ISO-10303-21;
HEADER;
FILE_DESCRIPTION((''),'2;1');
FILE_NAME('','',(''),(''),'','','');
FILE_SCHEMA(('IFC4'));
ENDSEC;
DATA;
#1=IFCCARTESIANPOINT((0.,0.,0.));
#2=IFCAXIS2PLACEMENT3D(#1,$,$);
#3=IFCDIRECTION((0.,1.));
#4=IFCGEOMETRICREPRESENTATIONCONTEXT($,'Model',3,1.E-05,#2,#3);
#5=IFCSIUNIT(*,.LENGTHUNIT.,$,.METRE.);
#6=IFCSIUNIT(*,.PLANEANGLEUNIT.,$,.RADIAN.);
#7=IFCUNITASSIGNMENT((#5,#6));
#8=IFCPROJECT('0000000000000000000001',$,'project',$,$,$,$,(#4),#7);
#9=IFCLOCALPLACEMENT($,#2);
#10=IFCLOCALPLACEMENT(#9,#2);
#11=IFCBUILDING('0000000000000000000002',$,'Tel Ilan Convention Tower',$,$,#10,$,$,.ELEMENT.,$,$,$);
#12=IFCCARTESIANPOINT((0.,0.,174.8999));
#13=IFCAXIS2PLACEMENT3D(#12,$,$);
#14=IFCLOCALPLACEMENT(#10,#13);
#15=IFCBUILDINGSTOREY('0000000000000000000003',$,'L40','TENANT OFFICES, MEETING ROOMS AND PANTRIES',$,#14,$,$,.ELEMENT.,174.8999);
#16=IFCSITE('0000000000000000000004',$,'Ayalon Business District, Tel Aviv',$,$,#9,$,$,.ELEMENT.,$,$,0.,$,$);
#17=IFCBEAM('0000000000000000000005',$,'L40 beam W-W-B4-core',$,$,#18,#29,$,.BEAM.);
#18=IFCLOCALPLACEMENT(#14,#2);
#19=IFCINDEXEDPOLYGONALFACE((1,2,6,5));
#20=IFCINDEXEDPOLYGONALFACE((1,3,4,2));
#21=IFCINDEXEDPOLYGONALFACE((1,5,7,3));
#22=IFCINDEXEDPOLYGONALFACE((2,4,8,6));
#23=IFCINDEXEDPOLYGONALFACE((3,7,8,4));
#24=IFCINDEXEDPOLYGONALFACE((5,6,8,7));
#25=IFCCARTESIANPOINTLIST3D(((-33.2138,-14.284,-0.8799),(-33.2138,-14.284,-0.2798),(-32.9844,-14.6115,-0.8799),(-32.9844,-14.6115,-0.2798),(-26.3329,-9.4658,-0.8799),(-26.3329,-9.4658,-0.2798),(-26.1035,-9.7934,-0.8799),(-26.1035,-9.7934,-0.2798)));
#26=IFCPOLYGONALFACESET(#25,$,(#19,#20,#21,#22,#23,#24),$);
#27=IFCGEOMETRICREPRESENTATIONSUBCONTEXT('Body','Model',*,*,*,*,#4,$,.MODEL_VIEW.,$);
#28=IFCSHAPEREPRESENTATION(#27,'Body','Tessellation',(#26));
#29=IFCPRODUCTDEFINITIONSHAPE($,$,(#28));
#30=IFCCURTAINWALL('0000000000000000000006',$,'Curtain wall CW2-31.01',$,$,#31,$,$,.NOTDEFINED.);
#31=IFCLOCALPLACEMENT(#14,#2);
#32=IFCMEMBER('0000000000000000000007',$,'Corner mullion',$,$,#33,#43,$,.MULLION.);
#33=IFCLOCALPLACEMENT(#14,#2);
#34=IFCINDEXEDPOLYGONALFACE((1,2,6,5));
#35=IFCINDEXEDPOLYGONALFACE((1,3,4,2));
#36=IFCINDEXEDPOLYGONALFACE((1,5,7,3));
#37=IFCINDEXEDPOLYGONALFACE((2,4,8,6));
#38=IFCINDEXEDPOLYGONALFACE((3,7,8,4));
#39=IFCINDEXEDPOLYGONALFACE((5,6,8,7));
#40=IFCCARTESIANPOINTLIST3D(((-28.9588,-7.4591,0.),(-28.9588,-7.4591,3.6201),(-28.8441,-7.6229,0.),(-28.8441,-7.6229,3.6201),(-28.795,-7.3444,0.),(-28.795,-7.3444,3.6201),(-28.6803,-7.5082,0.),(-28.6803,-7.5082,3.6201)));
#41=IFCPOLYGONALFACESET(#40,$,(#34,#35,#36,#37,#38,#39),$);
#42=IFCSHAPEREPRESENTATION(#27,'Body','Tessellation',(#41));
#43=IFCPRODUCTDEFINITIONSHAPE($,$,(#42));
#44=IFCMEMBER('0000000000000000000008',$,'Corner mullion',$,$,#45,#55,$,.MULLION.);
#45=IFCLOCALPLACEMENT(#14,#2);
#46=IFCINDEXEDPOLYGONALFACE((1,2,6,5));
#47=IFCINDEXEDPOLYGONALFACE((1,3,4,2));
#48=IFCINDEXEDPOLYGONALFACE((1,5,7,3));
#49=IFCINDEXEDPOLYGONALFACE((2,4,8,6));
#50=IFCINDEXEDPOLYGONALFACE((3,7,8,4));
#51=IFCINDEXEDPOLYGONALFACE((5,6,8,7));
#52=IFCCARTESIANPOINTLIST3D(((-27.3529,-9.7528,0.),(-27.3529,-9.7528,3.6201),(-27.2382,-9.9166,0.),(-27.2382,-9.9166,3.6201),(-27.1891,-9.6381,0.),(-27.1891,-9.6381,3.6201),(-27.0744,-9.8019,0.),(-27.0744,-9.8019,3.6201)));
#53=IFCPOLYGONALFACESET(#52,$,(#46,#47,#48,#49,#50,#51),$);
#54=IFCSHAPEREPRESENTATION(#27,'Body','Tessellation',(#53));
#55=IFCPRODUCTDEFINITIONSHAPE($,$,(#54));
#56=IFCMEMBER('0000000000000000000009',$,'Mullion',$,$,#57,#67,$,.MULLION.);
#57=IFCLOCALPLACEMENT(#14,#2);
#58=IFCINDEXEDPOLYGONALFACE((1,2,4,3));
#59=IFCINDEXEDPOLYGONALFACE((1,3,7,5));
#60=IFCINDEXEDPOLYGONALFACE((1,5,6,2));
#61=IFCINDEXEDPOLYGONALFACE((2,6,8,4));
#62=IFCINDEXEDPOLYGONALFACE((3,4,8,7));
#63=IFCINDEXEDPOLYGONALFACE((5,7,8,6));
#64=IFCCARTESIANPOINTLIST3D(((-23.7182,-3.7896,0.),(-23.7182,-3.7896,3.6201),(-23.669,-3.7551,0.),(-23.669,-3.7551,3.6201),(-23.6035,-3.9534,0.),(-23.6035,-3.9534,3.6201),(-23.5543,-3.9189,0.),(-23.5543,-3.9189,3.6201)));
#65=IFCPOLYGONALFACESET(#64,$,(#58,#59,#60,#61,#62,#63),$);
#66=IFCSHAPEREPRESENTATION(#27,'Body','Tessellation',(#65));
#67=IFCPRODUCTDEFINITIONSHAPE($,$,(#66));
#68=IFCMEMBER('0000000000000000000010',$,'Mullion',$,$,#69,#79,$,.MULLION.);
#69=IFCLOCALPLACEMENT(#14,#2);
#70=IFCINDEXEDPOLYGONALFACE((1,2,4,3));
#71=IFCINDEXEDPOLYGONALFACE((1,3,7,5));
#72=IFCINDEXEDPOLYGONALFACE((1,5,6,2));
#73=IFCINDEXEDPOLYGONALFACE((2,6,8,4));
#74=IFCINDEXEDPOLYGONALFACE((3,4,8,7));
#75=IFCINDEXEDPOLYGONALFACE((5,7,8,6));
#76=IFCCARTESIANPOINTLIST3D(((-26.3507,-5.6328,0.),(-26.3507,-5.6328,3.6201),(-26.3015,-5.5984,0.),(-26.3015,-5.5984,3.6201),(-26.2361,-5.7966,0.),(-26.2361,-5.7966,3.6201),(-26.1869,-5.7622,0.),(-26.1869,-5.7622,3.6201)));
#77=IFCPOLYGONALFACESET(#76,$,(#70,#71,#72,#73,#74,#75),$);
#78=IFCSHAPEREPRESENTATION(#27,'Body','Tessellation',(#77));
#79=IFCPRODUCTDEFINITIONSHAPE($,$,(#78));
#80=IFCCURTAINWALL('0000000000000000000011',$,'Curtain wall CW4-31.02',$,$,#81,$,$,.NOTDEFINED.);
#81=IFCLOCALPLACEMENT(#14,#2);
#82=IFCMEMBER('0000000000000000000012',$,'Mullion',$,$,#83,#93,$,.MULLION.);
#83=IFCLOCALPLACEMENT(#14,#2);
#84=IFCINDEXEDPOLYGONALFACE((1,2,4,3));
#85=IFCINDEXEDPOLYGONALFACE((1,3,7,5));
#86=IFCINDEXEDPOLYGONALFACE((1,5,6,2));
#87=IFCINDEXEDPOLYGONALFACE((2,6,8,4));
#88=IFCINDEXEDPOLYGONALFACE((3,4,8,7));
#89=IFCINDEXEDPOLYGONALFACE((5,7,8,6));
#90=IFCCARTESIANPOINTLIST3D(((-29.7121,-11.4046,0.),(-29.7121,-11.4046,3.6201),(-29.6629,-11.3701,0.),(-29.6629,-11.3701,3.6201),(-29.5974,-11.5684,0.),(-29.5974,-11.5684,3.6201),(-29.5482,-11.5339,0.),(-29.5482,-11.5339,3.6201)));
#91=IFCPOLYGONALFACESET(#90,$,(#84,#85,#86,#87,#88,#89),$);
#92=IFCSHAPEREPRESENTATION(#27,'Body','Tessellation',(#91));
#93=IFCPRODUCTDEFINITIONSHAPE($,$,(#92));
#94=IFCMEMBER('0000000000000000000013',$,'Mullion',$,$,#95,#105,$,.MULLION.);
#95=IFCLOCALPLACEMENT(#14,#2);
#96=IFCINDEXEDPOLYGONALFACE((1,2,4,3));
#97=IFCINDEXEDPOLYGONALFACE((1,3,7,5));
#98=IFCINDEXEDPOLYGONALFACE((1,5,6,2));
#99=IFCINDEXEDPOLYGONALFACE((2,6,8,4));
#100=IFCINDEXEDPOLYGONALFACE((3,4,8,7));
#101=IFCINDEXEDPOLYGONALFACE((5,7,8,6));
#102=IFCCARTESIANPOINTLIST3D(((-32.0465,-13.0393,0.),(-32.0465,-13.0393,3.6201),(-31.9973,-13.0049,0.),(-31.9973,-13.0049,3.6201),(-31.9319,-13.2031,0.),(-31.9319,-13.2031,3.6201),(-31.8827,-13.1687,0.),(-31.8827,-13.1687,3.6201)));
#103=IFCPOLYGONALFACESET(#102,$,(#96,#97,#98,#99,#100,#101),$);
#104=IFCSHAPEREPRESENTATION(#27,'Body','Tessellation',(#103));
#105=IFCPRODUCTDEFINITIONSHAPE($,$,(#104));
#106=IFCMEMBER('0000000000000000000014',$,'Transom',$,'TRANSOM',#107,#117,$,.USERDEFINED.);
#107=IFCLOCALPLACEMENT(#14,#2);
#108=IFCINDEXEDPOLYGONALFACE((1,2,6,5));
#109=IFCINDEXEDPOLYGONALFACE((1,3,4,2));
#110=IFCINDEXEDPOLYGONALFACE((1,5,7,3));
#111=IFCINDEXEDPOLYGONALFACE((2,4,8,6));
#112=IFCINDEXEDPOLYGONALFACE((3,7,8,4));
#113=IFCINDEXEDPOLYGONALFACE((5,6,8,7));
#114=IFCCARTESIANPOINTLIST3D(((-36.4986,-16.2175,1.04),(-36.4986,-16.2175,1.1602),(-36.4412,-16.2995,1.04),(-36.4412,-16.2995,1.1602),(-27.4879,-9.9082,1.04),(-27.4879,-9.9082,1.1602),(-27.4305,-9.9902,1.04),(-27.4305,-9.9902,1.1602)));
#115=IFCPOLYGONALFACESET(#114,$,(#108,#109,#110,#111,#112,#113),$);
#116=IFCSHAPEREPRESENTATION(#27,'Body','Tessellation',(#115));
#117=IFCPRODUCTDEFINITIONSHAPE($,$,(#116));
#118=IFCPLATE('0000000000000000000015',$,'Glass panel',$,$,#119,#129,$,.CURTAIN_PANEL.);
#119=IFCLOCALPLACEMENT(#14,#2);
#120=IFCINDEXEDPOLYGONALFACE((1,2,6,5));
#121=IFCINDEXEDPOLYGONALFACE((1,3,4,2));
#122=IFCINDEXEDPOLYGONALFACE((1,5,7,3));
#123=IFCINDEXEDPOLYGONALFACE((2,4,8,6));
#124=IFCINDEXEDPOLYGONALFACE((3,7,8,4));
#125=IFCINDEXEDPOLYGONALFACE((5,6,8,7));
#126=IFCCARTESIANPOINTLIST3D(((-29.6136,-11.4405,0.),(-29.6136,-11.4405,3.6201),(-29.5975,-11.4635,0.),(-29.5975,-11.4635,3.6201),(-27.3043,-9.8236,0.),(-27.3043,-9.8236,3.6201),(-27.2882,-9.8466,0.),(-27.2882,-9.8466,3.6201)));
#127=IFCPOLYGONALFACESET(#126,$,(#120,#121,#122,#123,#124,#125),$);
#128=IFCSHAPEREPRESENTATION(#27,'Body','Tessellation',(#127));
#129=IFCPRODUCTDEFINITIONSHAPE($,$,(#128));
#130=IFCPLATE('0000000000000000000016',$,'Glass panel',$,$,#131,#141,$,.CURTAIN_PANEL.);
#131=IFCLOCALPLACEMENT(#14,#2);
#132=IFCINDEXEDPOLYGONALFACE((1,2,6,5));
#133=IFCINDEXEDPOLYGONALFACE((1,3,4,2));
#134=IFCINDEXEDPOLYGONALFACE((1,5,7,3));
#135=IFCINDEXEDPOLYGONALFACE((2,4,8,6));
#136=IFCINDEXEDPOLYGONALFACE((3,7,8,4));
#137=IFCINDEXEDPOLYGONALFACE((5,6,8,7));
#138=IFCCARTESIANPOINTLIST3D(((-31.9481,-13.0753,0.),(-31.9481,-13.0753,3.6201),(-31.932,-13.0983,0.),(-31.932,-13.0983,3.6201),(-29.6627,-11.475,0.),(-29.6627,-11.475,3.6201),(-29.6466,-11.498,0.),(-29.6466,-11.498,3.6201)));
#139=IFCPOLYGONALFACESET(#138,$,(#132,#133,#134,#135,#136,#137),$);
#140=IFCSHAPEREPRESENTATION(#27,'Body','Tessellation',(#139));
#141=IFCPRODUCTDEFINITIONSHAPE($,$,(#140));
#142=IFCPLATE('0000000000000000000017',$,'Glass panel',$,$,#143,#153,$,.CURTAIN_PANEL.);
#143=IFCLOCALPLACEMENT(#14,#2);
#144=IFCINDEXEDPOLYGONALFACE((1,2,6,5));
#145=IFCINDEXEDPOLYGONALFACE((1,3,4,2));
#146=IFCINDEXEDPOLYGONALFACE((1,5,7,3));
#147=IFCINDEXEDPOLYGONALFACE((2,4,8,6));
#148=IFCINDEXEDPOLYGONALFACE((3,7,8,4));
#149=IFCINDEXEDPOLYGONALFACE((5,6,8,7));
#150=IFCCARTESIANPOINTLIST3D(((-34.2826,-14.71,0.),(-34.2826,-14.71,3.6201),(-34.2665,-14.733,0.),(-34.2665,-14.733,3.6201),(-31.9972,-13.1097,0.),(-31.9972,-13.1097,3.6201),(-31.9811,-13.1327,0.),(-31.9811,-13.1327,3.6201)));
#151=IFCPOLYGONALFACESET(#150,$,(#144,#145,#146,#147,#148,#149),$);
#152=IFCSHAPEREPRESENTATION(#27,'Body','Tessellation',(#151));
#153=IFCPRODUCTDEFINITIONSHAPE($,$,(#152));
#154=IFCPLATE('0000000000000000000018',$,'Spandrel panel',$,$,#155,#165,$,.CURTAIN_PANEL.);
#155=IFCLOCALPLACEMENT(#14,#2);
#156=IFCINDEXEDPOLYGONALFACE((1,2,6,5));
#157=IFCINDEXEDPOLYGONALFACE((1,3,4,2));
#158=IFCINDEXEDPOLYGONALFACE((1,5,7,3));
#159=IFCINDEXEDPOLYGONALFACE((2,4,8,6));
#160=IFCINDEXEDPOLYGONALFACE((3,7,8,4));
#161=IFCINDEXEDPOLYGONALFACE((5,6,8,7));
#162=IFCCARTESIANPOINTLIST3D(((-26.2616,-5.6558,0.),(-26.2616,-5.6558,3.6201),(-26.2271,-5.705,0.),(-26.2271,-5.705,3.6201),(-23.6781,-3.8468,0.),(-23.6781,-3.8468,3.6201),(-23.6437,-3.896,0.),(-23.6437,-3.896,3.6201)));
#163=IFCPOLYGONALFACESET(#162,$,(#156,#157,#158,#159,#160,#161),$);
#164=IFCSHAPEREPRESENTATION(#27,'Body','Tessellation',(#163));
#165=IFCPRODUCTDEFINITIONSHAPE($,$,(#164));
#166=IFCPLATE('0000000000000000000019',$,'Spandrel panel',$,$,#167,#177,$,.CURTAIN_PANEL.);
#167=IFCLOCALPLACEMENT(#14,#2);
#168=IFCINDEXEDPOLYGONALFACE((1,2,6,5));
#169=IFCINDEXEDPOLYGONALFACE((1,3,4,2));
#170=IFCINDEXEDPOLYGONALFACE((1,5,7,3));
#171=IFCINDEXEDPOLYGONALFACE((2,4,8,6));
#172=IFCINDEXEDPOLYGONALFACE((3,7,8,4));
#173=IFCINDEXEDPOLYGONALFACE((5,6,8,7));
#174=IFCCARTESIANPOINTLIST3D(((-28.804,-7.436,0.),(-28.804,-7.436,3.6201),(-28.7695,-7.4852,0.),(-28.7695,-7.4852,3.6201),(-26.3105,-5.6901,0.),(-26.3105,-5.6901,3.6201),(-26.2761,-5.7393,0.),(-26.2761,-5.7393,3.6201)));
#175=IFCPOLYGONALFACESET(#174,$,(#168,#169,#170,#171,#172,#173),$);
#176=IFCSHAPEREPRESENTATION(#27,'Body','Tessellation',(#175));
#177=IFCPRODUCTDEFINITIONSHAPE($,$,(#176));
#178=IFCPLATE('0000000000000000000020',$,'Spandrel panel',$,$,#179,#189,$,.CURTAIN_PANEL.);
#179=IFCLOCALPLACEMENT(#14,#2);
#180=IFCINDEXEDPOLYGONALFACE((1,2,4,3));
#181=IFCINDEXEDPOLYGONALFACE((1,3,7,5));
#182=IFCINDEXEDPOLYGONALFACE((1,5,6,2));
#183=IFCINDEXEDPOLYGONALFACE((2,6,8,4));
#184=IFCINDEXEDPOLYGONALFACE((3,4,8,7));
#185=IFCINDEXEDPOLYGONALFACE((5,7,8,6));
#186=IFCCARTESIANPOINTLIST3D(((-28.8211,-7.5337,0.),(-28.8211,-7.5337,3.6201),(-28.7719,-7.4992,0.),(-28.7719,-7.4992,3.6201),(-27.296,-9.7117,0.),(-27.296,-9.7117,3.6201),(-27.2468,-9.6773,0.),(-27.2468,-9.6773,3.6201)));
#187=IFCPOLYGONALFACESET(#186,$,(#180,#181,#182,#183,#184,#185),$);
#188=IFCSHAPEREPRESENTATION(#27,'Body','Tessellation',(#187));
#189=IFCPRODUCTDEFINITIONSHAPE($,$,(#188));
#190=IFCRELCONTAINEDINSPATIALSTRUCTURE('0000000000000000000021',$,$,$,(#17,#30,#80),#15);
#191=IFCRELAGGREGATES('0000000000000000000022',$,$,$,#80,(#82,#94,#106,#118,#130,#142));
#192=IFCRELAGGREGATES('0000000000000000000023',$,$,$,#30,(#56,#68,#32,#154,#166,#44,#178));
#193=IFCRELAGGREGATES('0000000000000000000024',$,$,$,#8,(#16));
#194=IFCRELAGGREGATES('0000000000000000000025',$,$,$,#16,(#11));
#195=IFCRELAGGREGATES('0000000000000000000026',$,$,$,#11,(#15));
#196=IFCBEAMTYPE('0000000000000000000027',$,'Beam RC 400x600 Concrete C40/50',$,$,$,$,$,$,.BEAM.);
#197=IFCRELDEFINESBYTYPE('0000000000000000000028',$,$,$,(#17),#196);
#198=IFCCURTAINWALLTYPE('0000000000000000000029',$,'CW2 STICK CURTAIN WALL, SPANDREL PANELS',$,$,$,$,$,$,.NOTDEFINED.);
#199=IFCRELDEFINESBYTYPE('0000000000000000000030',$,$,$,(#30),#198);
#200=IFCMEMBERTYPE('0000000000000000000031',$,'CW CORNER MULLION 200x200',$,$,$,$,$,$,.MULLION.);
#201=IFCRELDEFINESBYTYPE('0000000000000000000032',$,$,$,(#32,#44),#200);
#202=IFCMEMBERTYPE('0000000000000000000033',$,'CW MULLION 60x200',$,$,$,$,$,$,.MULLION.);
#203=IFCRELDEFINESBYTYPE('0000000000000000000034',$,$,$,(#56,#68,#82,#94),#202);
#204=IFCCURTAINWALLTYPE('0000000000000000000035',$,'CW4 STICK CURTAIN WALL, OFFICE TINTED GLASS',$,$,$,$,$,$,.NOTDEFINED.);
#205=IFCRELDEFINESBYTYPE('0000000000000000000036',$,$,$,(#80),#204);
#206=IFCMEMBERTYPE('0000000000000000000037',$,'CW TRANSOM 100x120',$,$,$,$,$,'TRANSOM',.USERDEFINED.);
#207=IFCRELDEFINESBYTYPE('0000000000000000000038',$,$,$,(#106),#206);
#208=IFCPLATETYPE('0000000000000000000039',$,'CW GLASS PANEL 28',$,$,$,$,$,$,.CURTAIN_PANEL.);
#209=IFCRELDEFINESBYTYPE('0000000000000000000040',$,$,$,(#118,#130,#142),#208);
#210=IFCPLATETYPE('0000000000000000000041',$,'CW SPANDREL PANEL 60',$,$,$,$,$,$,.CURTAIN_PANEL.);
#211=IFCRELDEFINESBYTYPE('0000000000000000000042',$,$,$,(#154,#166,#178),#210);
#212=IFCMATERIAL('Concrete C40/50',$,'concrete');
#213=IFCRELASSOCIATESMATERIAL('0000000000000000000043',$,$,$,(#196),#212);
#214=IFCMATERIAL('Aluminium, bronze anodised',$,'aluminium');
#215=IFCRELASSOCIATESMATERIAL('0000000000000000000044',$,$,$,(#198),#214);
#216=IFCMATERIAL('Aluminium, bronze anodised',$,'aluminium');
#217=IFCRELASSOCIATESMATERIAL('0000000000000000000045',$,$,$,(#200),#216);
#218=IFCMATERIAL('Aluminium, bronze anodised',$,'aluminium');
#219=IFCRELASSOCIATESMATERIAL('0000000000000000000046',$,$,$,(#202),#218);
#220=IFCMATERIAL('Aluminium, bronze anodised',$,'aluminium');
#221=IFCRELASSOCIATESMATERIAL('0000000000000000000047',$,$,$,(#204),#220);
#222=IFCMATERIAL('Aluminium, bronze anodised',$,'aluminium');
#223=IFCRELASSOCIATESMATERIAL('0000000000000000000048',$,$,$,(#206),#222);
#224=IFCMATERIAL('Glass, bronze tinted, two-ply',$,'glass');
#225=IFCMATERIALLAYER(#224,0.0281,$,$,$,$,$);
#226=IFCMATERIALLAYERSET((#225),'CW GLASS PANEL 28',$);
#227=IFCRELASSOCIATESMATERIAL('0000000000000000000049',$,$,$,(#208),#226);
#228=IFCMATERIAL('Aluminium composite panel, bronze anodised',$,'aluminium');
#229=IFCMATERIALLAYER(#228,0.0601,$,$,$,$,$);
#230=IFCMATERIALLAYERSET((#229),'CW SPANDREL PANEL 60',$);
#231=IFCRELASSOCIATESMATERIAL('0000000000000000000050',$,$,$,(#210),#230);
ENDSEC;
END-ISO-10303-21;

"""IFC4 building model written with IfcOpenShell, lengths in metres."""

from ifc_helpers import new_model, si_unit, direction, frame, origin, origin_2d, place, context, subcontext, project, spatial, rectangle, extrude, material, layer, layer_set, material_profile, profile_set, type_object, element, aggregate, save


model = new_model("IFC4")

# Units and contexts
model_context = context("Model", 3, precision=1e-05, world=origin(), true_north=direction((0.0, 1.0)))
body_context = subcontext(model_context, "Body", "Model", "MODEL_VIEW")
ifc_project = project(units=[si_unit("LENGTHUNIT", "METRE"), si_unit("PLANEANGLEUNIT", "RADIAN")], contexts=[model_context])

# Site, building, storey
site_placement = place(None, origin())
site = spatial("IfcSite", under=ifc_project, at=site_placement, Name="Ayalon Business District, Tel Aviv", CompositionType="ELEMENT", RefElevation=0.0)
building_placement = place(site_placement, origin())
building = spatial("IfcBuilding", under=site, at=building_placement, Name="Tel Ilan Convention Tower", CompositionType="ELEMENT")
storey_placement = place(building_placement, frame((0.0, 0.0, 174.8999)))
storey = spatial("IfcBuildingStorey", under=building, at=storey_placement, Name="L40", Description="TENANT OFFICES, MEETING ROOMS AND PANTRIES", CompositionType="ELEMENT", Elevation=174.8999)

# Beam
ifc_material_1 = material(Name="Concrete C40/50", Category="concrete")
ifc_material_profile_1 = material_profile(ifc_material_1, rectangle(XDim=0.3999, YDim=0.6001, at=origin_2d()), Name="RC 400x600")
ifc_profile_set_1 = profile_set([ifc_material_profile_1], Name="Concrete C40/50")
beam_type = type_object("IfcBeamType", Name="Beam RC 400x600 Concrete C40/50", PredefinedType="BEAM", material=ifc_profile_set_1)
beam_placement = place(storey_placement, frame((-33.0991, -14.4478, -0.5798), z_axis=(0.819147, 0.573583, 0.0), x_axis=(-0.573583, 0.819147, 0.0)))
element("IfcBeam", 1, at=beam_placement, inside=storey, type_object=beam_type, Name="L40 beam W-W-B4-core", PredefinedType="BEAM", context=body_context, shape_type="SweptSolid", body=[
    extrude(rectangle(XDim=0.3999, YDim=0.6001, at=origin_2d()), origin(), (0.0, 0.0, 1.0), 8.4001),
])

# Curtain wall, members
ifc_material_2 = material(Name="Aluminium, bronze anodised", Category="aluminium")
curtain_wall_type_1 = type_object("IfcCurtainWallType", Name="CW2 STICK CURTAIN WALL, SPANDREL PANELS", PredefinedType="NOTDEFINED", material=ifc_material_2)
curtain_wall_1_placement = place(storey_placement, origin())
curtain_wall_1 = element("IfcCurtainWall", 2, at=curtain_wall_1_placement, inside=storey, type_object=curtain_wall_type_1, Name="Curtain wall CW2-31.01", PredefinedType="NOTDEFINED")
ifc_material_3 = material(Name="Aluminium, bronze anodised", Category="aluminium")
ifc_material_profile_2 = material_profile(ifc_material_3, rectangle(XDim=0.2, YDim=0.2, at=origin_2d()), Name="CW CORNER MULLION 200x200")
ifc_profile_set_2 = profile_set([ifc_material_profile_2], Name="Aluminium, bronze anodised")
member_type_1 = type_object("IfcMemberType", Name="CW CORNER MULLION 200x200", PredefinedType="MULLION", material=ifc_profile_set_2)
member_1_placement = place(storey_placement, frame((-28.8196, -7.4836, 0.0), z_axis=(0.0, 0.0, 1.0), x_axis=(-0.819152, -0.573576, 0.0)))
member_1 = element("IfcMember", 3, at=member_1_placement, type_object=member_type_1, Name="Corner mullion", PredefinedType="MULLION", context=body_context, shape_type="SweptSolid", body=[
    extrude(rectangle(XDim=0.2, YDim=0.2, at=origin_2d()), origin(), (0.0, 0.0, 1.0), 3.6201),
])
member_2_placement = place(storey_placement, frame((-27.2136, -9.7773, 0.0), z_axis=(0.0, 0.0, 1.0), x_axis=(0.573576, -0.819152, 0.0)))
member_2 = element("IfcMember", 4, at=member_2_placement, type_object=member_type_1, Name="Corner mullion", PredefinedType="MULLION", context=body_context, shape_type="SweptSolid", body=[
    extrude(rectangle(XDim=0.2, YDim=0.2, at=origin_2d()), origin(), (0.0, 0.0, 1.0), 3.6201),
])
ifc_material_4 = material(Name="Aluminium, bronze anodised", Category="aluminium")
ifc_material_profile_3 = material_profile(ifc_material_4, rectangle(XDim=0.0601, YDim=0.2, at=origin_2d()), Name="CW MULLION 60x200")
ifc_profile_set_3 = profile_set([ifc_material_profile_3], Name="Aluminium, bronze anodised")
member_type_2 = type_object("IfcMemberType", Name="CW MULLION 60x200", PredefinedType="MULLION", material=ifc_profile_set_3)
member_3_placement = place(storey_placement, frame((-23.6362, -3.8542, 0.0), z_axis=(0.0, 0.0, 1.0), x_axis=(-0.819152, -0.573576, 0.0)))
member_3 = element("IfcMember", 5, at=member_3_placement, type_object=member_type_2, Name="Mullion", PredefinedType="MULLION", context=body_context, shape_type="SweptSolid", body=[
    extrude(rectangle(XDim=0.0601, YDim=0.2, at=origin_2d()), origin(), (0.0, 0.0, 1.0), 3.6201),
])
member_4_placement = place(storey_placement, frame((-26.2688, -5.6975, 0.0), z_axis=(0.0, 0.0, 1.0), x_axis=(-0.819152, -0.573576, 0.0)))
member_4 = element("IfcMember", 6, at=member_4_placement, type_object=member_type_2, Name="Mullion", PredefinedType="MULLION", context=body_context, shape_type="SweptSolid", body=[
    extrude(rectangle(XDim=0.0601, YDim=0.2, at=origin_2d()), origin(), (0.0, 0.0, 1.0), 3.6201),
])

# Curtain wall, members, plates
ifc_material_5 = material(Name="Aluminium, bronze anodised", Category="aluminium")
curtain_wall_type_2 = type_object("IfcCurtainWallType", Name="CW4 STICK CURTAIN WALL, OFFICE TINTED GLASS", PredefinedType="NOTDEFINED", material=ifc_material_5)
curtain_wall_2_placement = place(storey_placement, origin())
curtain_wall_2 = element("IfcCurtainWall", 7, at=curtain_wall_2_placement, inside=storey, type_object=curtain_wall_type_2, Name="Curtain wall CW4-31.02", PredefinedType="NOTDEFINED")
member_5_placement = place(storey_placement, frame((-29.6301, -11.4692, 0.0), z_axis=(0.0, 0.0, 1.0), x_axis=(-0.819152, -0.573576, 0.0)))
member_5 = element("IfcMember", 8, at=member_5_placement, type_object=member_type_2, Name="Mullion", PredefinedType="MULLION", context=body_context, shape_type="SweptSolid", body=[
    extrude(rectangle(XDim=0.0601, YDim=0.2, at=origin_2d()), origin(), (0.0, 0.0, 1.0), 3.6201),
])
member_6_placement = place(storey_placement, frame((-31.9646, -13.104, 0.0), z_axis=(0.0, 0.0, 1.0), x_axis=(-0.819152, -0.573576, 0.0)))
member_6 = element("IfcMember", 9, at=member_6_placement, type_object=member_type_2, Name="Mullion", PredefinedType="MULLION", context=body_context, shape_type="SweptSolid", body=[
    extrude(rectangle(XDim=0.0601, YDim=0.2, at=origin_2d()), origin(), (0.0, 0.0, 1.0), 3.6201),
])
ifc_material_6 = material(Name="Aluminium, bronze anodised", Category="aluminium")
ifc_material_profile_4 = material_profile(ifc_material_6, rectangle(XDim=0.1001, YDim=0.1201, at=origin_2d()), Name="CW TRANSOM 100x120")
ifc_profile_set_4 = profile_set([ifc_material_profile_4], Name="Aluminium, bronze anodised")
member_type_3 = type_object("IfcMemberType", Name="CW TRANSOM 100x120", ElementType="TRANSOM", PredefinedType="USERDEFINED", material=ifc_profile_set_4)
member_7_placement = place(storey_placement, frame((-27.4592, -9.9492, 1.1001), z_axis=(-0.819155, -0.573573, 0.0), x_axis=(0.573573, -0.819155, 0.0)))
member_7 = element("IfcMember", 10, at=member_7_placement, type_object=member_type_3, Name="Transom", ObjectType="TRANSOM", PredefinedType="USERDEFINED", context=body_context, shape_type="SweptSolid", body=[
    extrude(rectangle(XDim=0.1001, YDim=0.1201, at=origin_2d()), origin(), (0.0, 0.0, 1.0), 11.0),
])
ifc_material_7 = material(Name="Glass, bronze tinted, two-ply", Category="glass")
ifc_layer_1 = layer(ifc_material_7, 0.0281)
ifc_layer_set_1 = layer_set([ifc_layer_1], Name="CW GLASS PANEL 28")
plate_type_1 = type_object("IfcPlateType", Name="CW GLASS PANEL 28", PredefinedType="CURTAIN_PANEL", material=ifc_layer_set_1)
plate_1_placement = place(storey_placement, frame((-28.4509, -10.6436, 0.0), z_axis=(0.0, 0.0, 1.0), x_axis=(-0.819152, -0.573576, 0.0)))
plate_1 = element("IfcPlate", 11, at=plate_1_placement, type_object=plate_type_1, Name="Glass panel", PredefinedType="CURTAIN_PANEL", context=body_context, shape_type="SweptSolid", body=[
    extrude(rectangle(XDim=2.8191, YDim=0.0281, at=origin_2d()), origin(), (0.0, 0.0, 1.0), 3.6201),
])
plate_2_placement = place(storey_placement, frame((-30.7974, -12.2866, 0.0), z_axis=(0.0, 0.0, 1.0), x_axis=(-0.819152, -0.573576, 0.0)))
plate_2 = element("IfcPlate", 12, at=plate_2_placement, type_object=plate_type_1, Name="Glass panel", PredefinedType="CURTAIN_PANEL", context=body_context, shape_type="SweptSolid", body=[
    extrude(rectangle(XDim=2.79, YDim=0.0281, at=origin_2d()), origin(), (0.0, 0.0, 1.0), 3.6201),
])
plate_3_placement = place(storey_placement, frame((-33.1318, -13.9214, 0.0), z_axis=(0.0, 0.0, 1.0), x_axis=(-0.819152, -0.573576, 0.0)))
plate_3 = element("IfcPlate", 13, at=plate_3_placement, type_object=plate_type_1, Name="Glass panel", PredefinedType="CURTAIN_PANEL", context=body_context, shape_type="SweptSolid", body=[
    extrude(rectangle(XDim=2.79, YDim=0.0281, at=origin_2d()), origin(), (0.0, 0.0, 1.0), 3.6201),
])
aggregate(curtain_wall_2, [member_5, member_6, member_7, plate_1, plate_2, plate_3])

# Plates
ifc_material_8 = material(Name="Aluminium composite panel, bronze anodised", Category="aluminium")
ifc_layer_2 = layer(ifc_material_8, 0.0601)
ifc_layer_set_2 = layer_set([ifc_layer_2], Name="CW SPANDREL PANEL 60")
plate_type_2 = type_object("IfcPlateType", Name="CW SPANDREL PANEL 60", PredefinedType="CURTAIN_PANEL", material=ifc_layer_set_2)
plate_4_placement = place(storey_placement, frame((-24.9526, -4.7759, 0.0), z_axis=(0.0, 0.0, 1.0), x_axis=(-0.819152, -0.573576, 0.0)))
plate_4 = element("IfcPlate", 14, at=plate_4_placement, type_object=plate_type_2, Name="Spandrel panel", PredefinedType="CURTAIN_PANEL", context=body_context, shape_type="SweptSolid", body=[
    extrude(rectangle(XDim=3.1538, YDim=0.0601, at=origin_2d()), origin(), (0.0, 0.0, 1.0), 3.6201),
])
plate_5_placement = place(storey_placement, frame((-27.54, -6.5876, 0.0), z_axis=(0.0, 0.0, 1.0), x_axis=(-0.819152, -0.573576, 0.0)))
plate_5 = element("IfcPlate", 15, at=plate_5_placement, type_object=plate_type_2, Name="Spandrel panel", PredefinedType="CURTAIN_PANEL", context=body_context, shape_type="SweptSolid", body=[
    extrude(rectangle(XDim=3.0439, YDim=0.0601, at=origin_2d()), origin(), (0.0, 0.0, 1.0), 3.6201),
])
plate_6_placement = place(storey_placement, frame((-28.0339, -8.6055, 0.0), z_axis=(0.0, 0.0, 1.0), x_axis=(0.573576, -0.819152, 0.0)))
plate_6 = element("IfcPlate", 16, at=plate_6_placement, type_object=plate_type_2, Name="Spandrel panel", PredefinedType="CURTAIN_PANEL", context=body_context, shape_type="SweptSolid", body=[
    extrude(rectangle(XDim=2.6589, YDim=0.0601, at=origin_2d()), origin(), (0.0, 0.0, 1.0), 3.6201),
])
aggregate(curtain_wall_1, [member_3, member_4, member_1, plate_4, plate_5, member_2, plate_6])

save(model, "model.ifc")
